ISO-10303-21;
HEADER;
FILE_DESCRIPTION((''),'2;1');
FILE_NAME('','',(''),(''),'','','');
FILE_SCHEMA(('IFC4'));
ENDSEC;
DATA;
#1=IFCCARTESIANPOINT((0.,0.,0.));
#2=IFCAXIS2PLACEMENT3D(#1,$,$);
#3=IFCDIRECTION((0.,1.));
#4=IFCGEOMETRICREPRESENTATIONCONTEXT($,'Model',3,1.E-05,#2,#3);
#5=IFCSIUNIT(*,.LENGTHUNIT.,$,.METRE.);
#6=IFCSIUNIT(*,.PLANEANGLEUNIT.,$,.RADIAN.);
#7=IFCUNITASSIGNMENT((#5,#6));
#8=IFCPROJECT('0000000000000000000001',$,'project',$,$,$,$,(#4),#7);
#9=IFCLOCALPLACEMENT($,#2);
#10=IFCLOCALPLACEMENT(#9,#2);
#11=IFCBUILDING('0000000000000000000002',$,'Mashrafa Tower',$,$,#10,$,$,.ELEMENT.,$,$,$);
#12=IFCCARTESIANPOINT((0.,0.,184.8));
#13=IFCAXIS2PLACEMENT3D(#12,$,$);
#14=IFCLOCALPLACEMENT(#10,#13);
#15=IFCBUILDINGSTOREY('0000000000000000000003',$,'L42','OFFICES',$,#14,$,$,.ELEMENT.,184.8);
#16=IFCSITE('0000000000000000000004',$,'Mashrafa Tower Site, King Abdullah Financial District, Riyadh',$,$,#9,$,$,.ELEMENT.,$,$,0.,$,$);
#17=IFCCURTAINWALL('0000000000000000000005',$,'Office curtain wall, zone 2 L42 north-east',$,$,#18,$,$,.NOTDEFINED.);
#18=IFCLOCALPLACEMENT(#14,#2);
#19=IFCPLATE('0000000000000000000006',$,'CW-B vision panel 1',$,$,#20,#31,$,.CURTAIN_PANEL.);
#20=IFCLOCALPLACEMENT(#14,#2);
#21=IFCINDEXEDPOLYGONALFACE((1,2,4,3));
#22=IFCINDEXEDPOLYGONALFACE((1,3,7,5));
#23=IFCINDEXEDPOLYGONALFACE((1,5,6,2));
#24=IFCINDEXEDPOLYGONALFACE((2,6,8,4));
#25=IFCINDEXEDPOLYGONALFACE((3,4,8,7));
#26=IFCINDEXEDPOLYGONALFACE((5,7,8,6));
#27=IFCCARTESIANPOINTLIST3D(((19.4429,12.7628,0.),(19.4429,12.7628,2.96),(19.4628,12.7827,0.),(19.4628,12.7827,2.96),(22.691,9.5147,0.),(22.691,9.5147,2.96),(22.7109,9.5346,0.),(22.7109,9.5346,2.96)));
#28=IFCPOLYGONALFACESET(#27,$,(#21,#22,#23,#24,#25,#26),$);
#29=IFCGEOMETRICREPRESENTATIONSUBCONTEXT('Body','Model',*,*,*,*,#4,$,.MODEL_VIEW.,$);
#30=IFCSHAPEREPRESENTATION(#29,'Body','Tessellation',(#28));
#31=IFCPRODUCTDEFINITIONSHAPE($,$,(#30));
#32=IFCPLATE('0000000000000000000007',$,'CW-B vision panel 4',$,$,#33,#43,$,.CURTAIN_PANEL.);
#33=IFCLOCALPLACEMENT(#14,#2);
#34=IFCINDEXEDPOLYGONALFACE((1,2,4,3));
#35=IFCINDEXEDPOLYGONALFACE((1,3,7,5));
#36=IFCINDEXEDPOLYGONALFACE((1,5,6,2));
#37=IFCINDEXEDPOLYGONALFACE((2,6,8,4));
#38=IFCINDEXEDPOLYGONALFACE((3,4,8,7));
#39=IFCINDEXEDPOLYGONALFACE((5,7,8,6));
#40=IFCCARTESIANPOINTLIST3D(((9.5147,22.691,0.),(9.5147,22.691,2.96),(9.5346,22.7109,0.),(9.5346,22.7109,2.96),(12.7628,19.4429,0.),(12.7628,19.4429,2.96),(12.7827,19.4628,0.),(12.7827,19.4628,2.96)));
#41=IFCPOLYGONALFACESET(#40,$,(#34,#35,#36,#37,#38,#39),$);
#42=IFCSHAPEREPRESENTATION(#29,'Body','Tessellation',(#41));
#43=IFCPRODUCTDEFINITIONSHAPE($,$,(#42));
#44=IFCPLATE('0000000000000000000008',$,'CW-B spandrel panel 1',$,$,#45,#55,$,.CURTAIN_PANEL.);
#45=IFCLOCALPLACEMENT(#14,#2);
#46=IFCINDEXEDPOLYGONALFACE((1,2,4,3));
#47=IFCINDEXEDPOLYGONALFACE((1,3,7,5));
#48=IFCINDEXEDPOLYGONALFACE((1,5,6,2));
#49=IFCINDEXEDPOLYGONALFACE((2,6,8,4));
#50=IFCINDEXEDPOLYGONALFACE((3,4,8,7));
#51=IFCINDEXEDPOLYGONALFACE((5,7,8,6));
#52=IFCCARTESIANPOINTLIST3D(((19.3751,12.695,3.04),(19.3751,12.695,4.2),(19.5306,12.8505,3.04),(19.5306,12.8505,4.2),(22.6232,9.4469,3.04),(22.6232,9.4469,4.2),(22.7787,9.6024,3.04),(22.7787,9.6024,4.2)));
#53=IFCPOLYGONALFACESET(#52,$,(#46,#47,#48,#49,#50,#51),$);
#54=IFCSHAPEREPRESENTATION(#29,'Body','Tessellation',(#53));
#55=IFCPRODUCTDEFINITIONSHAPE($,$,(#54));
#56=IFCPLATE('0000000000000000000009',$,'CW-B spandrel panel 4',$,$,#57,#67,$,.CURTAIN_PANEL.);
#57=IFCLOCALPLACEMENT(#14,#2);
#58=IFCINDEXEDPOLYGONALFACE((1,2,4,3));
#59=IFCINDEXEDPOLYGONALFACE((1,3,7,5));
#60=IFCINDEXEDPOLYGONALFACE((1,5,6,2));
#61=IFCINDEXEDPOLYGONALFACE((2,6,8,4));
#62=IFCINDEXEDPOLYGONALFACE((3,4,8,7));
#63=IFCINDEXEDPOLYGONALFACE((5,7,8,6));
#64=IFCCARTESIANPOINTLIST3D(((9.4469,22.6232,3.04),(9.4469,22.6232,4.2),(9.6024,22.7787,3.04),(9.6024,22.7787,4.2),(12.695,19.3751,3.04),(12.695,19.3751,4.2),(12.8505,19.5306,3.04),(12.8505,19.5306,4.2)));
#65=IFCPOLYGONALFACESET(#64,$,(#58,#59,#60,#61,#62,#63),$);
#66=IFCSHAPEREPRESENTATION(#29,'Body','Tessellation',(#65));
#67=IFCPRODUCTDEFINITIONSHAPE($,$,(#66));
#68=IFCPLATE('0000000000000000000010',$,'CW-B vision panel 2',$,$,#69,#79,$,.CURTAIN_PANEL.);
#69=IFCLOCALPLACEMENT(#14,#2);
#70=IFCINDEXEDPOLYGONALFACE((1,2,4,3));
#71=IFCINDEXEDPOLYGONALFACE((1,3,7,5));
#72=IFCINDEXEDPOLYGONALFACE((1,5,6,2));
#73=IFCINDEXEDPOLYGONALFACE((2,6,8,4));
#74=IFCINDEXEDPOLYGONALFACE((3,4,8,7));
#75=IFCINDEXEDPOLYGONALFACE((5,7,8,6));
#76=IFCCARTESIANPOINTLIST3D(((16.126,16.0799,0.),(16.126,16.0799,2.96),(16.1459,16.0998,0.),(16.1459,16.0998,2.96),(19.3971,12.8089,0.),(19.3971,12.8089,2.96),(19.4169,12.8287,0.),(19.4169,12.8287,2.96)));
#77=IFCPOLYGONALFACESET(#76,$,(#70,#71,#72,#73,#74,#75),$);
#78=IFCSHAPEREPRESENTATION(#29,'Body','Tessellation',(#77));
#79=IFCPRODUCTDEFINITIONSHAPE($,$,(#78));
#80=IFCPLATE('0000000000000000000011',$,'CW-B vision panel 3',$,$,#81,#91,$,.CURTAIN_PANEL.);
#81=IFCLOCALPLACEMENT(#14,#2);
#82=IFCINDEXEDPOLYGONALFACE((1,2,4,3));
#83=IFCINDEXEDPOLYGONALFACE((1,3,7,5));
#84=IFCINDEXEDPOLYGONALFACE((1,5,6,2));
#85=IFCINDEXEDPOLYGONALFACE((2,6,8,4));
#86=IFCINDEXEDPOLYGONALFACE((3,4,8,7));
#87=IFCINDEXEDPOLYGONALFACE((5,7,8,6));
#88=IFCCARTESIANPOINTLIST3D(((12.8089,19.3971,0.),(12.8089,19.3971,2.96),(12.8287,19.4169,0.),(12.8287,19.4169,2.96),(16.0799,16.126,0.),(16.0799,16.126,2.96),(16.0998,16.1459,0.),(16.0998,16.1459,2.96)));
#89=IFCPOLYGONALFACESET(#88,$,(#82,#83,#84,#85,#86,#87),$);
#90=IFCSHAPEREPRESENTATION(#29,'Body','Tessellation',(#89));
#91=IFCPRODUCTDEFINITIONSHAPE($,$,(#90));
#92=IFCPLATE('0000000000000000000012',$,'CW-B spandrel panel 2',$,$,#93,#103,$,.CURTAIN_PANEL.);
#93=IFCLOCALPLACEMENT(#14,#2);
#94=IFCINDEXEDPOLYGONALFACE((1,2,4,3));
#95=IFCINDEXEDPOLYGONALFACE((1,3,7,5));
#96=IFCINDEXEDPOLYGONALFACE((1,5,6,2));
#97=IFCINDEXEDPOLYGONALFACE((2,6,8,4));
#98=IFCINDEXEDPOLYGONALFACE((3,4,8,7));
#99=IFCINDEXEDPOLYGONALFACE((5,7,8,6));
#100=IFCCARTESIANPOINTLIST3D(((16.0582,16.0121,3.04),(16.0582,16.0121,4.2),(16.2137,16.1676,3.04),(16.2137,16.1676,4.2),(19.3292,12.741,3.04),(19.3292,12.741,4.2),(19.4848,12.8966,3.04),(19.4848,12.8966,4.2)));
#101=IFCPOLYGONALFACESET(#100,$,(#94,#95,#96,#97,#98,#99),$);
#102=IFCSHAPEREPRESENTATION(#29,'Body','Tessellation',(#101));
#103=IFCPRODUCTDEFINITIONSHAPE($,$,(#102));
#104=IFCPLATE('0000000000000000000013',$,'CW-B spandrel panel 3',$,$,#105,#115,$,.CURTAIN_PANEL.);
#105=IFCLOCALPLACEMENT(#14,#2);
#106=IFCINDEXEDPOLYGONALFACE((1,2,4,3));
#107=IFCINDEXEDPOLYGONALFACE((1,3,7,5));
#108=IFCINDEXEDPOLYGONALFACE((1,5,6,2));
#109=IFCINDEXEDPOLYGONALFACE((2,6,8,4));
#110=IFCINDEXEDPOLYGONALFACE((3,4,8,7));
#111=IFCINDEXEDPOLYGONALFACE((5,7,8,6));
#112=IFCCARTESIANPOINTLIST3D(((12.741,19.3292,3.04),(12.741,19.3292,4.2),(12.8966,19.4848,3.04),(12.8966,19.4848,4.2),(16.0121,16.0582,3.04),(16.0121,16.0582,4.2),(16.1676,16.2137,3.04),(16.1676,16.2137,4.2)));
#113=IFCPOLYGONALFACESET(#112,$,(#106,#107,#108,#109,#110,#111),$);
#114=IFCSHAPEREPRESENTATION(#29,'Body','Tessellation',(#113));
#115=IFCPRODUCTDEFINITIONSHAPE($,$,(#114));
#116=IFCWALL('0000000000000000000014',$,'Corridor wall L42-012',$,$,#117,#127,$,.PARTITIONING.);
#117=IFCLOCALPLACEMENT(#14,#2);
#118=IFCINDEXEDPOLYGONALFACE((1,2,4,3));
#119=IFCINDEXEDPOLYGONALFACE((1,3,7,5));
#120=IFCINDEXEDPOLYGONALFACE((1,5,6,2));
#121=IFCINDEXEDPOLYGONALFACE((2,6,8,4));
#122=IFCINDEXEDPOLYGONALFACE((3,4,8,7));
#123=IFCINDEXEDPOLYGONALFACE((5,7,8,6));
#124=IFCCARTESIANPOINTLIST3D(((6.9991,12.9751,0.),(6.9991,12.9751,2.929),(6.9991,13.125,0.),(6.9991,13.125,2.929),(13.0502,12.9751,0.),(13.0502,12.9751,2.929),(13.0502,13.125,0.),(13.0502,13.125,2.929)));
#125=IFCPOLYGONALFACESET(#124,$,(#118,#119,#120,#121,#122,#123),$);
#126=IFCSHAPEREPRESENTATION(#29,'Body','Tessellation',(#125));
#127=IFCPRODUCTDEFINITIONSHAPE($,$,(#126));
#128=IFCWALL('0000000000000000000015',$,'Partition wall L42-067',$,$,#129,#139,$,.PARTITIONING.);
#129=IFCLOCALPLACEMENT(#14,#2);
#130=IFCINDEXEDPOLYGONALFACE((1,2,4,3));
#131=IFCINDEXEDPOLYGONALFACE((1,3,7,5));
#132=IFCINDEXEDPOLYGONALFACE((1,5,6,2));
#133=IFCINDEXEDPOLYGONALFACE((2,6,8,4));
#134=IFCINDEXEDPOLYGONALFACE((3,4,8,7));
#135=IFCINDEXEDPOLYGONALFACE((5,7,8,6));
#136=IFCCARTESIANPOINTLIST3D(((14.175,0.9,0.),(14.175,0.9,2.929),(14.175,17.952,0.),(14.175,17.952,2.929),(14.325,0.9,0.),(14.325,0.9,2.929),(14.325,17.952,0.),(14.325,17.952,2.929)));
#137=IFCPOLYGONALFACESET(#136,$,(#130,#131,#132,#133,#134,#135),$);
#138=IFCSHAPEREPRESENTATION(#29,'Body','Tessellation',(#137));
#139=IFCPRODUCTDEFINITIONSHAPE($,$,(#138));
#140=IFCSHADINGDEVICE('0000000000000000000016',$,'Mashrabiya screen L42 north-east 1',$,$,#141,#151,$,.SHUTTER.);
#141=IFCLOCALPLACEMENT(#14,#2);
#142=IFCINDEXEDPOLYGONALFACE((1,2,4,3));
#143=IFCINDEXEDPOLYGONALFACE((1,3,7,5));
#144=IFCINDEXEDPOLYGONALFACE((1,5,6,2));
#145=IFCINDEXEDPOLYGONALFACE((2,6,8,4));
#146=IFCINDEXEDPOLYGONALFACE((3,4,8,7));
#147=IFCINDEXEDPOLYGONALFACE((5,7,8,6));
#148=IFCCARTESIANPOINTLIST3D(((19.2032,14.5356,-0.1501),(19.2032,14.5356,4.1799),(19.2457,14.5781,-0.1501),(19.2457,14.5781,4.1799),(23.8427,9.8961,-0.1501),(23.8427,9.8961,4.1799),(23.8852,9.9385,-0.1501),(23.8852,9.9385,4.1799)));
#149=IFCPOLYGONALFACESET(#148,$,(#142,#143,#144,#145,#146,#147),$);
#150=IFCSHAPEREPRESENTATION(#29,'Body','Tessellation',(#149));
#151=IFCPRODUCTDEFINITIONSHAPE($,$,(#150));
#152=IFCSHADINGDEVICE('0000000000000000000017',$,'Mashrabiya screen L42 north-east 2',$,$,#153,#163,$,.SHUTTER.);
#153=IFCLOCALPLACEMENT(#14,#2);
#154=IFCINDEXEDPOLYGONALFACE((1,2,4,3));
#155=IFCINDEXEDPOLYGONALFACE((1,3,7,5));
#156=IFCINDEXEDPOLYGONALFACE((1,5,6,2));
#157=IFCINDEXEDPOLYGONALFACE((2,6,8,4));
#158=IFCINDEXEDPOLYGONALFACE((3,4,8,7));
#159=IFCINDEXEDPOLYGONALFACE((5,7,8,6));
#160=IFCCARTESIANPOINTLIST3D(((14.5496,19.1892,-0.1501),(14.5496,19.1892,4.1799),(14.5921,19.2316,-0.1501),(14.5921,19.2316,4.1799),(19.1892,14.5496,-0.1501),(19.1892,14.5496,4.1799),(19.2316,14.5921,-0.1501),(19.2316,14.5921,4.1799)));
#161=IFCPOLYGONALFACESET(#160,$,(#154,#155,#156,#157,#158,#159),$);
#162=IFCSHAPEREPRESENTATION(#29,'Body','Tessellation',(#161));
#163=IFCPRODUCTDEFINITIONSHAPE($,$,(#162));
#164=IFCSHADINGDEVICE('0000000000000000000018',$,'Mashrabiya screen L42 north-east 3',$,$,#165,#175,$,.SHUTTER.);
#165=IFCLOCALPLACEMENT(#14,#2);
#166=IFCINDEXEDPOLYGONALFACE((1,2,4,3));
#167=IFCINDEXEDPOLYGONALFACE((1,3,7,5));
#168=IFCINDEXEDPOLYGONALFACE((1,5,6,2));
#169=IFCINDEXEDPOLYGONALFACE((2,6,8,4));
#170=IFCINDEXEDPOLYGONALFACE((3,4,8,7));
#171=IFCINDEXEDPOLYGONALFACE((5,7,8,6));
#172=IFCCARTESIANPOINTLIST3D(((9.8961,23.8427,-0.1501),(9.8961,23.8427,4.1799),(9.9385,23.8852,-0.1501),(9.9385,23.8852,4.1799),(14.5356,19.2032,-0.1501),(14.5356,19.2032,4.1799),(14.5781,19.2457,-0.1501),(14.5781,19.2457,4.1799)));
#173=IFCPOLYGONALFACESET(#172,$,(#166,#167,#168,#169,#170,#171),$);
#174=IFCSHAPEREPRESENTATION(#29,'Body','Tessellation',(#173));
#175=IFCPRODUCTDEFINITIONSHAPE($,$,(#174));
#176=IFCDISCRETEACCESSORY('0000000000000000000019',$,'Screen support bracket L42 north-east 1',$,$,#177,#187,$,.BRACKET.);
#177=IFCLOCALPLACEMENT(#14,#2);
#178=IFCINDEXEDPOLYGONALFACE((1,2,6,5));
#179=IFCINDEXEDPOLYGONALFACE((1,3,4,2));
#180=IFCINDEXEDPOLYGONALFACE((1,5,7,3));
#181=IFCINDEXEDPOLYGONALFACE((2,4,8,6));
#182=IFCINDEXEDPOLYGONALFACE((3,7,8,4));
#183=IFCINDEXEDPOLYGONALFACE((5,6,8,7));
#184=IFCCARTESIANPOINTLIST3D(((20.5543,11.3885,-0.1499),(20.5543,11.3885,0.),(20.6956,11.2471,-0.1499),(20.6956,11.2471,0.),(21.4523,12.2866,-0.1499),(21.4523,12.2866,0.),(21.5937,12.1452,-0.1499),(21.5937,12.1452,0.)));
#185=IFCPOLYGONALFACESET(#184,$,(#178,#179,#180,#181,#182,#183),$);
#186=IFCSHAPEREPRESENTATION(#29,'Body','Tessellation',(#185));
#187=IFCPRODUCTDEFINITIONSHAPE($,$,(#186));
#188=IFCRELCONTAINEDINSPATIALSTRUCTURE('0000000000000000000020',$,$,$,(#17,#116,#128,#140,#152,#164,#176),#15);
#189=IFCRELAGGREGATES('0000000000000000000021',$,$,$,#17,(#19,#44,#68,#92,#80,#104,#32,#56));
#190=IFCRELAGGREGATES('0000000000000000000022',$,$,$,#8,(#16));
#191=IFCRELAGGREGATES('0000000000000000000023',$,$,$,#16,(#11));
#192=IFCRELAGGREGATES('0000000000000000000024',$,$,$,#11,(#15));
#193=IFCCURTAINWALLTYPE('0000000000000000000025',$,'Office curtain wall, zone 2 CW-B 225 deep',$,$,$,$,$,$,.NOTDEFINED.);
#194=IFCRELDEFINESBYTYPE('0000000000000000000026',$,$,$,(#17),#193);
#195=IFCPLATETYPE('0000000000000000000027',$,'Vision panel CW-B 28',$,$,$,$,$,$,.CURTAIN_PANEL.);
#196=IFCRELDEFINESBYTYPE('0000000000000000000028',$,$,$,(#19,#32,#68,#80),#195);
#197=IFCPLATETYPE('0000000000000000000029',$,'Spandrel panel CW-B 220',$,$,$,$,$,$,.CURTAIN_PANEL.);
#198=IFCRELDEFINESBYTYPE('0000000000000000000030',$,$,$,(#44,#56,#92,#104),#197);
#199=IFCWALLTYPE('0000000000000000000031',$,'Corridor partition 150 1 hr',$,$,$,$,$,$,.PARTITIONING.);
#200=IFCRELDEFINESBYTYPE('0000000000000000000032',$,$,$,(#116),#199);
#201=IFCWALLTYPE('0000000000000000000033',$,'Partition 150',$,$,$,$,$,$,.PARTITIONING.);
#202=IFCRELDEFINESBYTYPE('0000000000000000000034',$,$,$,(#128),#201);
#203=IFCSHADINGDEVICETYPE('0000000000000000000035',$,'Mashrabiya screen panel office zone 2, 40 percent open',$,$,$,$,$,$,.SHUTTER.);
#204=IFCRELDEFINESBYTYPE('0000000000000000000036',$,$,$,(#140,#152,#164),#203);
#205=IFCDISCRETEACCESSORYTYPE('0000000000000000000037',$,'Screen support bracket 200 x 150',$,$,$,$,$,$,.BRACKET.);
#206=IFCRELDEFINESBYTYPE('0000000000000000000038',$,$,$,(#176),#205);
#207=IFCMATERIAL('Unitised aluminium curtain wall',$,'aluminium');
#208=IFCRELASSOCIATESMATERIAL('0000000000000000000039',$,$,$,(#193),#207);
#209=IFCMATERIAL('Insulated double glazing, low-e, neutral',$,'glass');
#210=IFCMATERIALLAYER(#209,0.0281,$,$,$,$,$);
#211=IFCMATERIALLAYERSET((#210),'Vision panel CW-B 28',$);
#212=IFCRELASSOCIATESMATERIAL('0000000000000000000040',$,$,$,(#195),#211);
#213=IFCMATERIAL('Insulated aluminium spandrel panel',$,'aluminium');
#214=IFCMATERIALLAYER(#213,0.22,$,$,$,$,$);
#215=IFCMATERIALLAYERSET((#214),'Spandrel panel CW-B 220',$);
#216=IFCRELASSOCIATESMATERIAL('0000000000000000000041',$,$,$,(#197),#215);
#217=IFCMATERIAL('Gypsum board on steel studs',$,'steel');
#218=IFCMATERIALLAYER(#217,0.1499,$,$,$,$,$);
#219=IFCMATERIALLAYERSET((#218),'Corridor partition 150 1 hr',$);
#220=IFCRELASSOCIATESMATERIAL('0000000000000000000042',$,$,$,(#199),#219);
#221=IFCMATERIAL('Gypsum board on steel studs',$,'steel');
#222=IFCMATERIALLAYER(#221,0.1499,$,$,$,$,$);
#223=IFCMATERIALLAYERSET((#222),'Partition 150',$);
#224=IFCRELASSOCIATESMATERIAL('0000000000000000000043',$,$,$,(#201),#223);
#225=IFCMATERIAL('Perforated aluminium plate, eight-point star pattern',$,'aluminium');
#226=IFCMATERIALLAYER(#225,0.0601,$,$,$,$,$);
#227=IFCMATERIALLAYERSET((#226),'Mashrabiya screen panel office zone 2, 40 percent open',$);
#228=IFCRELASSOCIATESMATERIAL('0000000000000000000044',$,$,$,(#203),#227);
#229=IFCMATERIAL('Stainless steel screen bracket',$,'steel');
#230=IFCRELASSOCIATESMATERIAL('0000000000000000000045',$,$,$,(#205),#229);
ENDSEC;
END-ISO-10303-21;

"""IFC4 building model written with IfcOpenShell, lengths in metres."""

from ifc_helpers import new_model, si_unit, direction, frame, frame_2d, origin, origin_2d, place, context, subcontext, project, spatial, rectangle, extrude, source, transform, mapped, material, layer, layer_set, type_object, type_shapes, element, aggregate, save


model = new_model("IFC4")

# Units and contexts
model_context = context("Model", 3, precision=1e-05, world=origin(), true_north=direction((0.0, 1.0)))
body_context = subcontext(model_context, "Body", "Model", "MODEL_VIEW")
ifc_project = project(units=[si_unit("LENGTHUNIT", "METRE"), si_unit("PLANEANGLEUNIT", "RADIAN")], contexts=[model_context])

# Site, building, storey
site_placement = place(None, origin())
site = spatial("IfcSite", under=ifc_project, at=site_placement, Name="Mashrafa Tower Site, King Abdullah Financial District, Riyadh", CompositionType="ELEMENT", RefElevation=0.0)
building_placement = place(site_placement, origin())
building = spatial("IfcBuilding", under=site, at=building_placement, Name="Mashrafa Tower", CompositionType="ELEMENT")
storey_placement = place(building_placement, frame((0.0, 0.0, 184.8)))
storey = spatial("IfcBuildingStorey", under=building, at=storey_placement, Name="L42", Description="OFFICES", CompositionType="ELEMENT", Elevation=184.8)

# Curtain wall, plates
ifc_material_1 = material(Name="Unitised aluminium curtain wall", Category="aluminium")
curtain_wall_type = type_object("IfcCurtainWallType", Name="Office curtain wall, zone 2 CW-B 225 deep", PredefinedType="NOTDEFINED", material=ifc_material_1)
curtain_wall_placement = place(storey_placement, origin())
curtain_wall = element("IfcCurtainWall", 1, at=curtain_wall_placement, inside=storey, type_object=curtain_wall_type, Name="Office curtain wall, zone 2 L42 north-east", PredefinedType="NOTDEFINED")
ifc_material_2 = material(Name="Insulated double glazing, low-e, neutral", Category="glass")
ifc_layer_1 = layer(ifc_material_2, 0.0281)
ifc_layer_set_1 = layer_set([ifc_layer_1], Name="Vision panel CW-B 28")
plate_type_1 = type_object("IfcPlateType", Name="Vision panel CW-B 28", PredefinedType="CURTAIN_PANEL", material=ifc_layer_set_1)
shared_shape_1 = source(origin(), body_context, "Body", "SweptSolid", [
    extrude(rectangle(XDim=4.5935, YDim=0.0281, at=origin_2d()), origin(), (0.0, 0.0, 1.0), 2.96),
])
plate_1_placement = place(storey_placement, frame((21.0769, 11.1487, 0.0), z_axis=(0.0, 0.0, 1.0), x_axis=(-0.707107, 0.707107, 0.0)))
plate_1 = element("IfcPlate", 2, at=plate_1_placement, type_object=plate_type_1, Name="CW-B vision panel 1", PredefinedType="CURTAIN_PANEL", context=body_context, shape_type="MappedRepresentation", body=[
    mapped(shared_shape_1, transform((0.0, 0.0, 0.0))),
])
plate_2_placement = place(storey_placement, frame((11.1487, 21.0769, 0.0), z_axis=(0.0, 0.0, 1.0), x_axis=(-0.707107, 0.707107, 0.0)))
plate_2 = element("IfcPlate", 3, at=plate_2_placement, type_object=plate_type_1, Name="CW-B vision panel 4", PredefinedType="CURTAIN_PANEL", context=body_context, shape_type="MappedRepresentation", body=[
    mapped(shared_shape_1, transform((0.0, 0.0, 0.0))),
])
ifc_material_3 = material(Name="Insulated aluminium spandrel panel", Category="aluminium")
ifc_layer_2 = layer(ifc_material_3, 0.22)
ifc_layer_set_2 = layer_set([ifc_layer_2], Name="Spandrel panel CW-B 220")
plate_type_2 = type_object("IfcPlateType", Name="Spandrel panel CW-B 220", PredefinedType="CURTAIN_PANEL", material=ifc_layer_set_2)
shared_shape_2 = source(origin(), body_context, "Body", "SweptSolid", [
    extrude(rectangle(XDim=4.5935, YDim=0.22, at=origin_2d()), origin(), (0.0, 0.0, 1.0), 1.1599),
])
plate_3_placement = place(storey_placement, frame((21.0769, 11.1487, 3.04), z_axis=(0.0, 0.0, 1.0), x_axis=(-0.707107, 0.707107, 0.0)))
plate_3 = element("IfcPlate", 4, at=plate_3_placement, type_object=plate_type_2, Name="CW-B spandrel panel 1", PredefinedType="CURTAIN_PANEL", context=body_context, shape_type="MappedRepresentation", body=[
    mapped(shared_shape_2, transform((0.0, 0.0, 0.0))),
])
plate_4_placement = place(storey_placement, frame((11.1487, 21.0769, 3.04), z_axis=(0.0, 0.0, 1.0), x_axis=(-0.707107, 0.707107, 0.0)))
plate_4 = element("IfcPlate", 5, at=plate_4_placement, type_object=plate_type_2, Name="CW-B spandrel panel 4", PredefinedType="CURTAIN_PANEL", context=body_context, shape_type="MappedRepresentation", body=[
    mapped(shared_shape_2, transform((0.0, 0.0, 0.0))),
])
shared_shape_3 = source(origin(), body_context, "Body", "SweptSolid", [
    extrude(rectangle(XDim=4.626, YDim=0.0281, at=origin_2d()), origin(), (0.0, 0.0, 1.0), 2.96),
])
type_shapes(plate_type_1, [shared_shape_1, shared_shape_3])
plate_5_placement = place(storey_placement, frame((17.7715, 14.4543, 0.0), z_axis=(0.0, 0.0, 1.0), x_axis=(-0.707107, 0.707107, 0.0)))
plate_5 = element("IfcPlate", 6, at=plate_5_placement, type_object=plate_type_1, Name="CW-B vision panel 2", PredefinedType="CURTAIN_PANEL", context=body_context, shape_type="MappedRepresentation", body=[
    mapped(shared_shape_3, transform((0.0, 0.0, 0.0))),
])
plate_6_placement = place(storey_placement, frame((14.4543, 17.7715, 0.0), z_axis=(0.0, 0.0, 1.0), x_axis=(-0.707107, 0.707107, 0.0)))
plate_6 = element("IfcPlate", 7, at=plate_6_placement, type_object=plate_type_1, Name="CW-B vision panel 3", PredefinedType="CURTAIN_PANEL", context=body_context, shape_type="MappedRepresentation", body=[
    mapped(shared_shape_3, transform((0.0, 0.0, 0.0))),
])
shared_shape_4 = source(origin(), body_context, "Body", "SweptSolid", [
    extrude(rectangle(XDim=4.626, YDim=0.22, at=origin_2d()), origin(), (0.0, 0.0, 1.0), 1.1599),
])
type_shapes(plate_type_2, [shared_shape_2, shared_shape_4])
plate_7_placement = place(storey_placement, frame((17.7715, 14.4543, 3.04), z_axis=(0.0, 0.0, 1.0), x_axis=(-0.707107, 0.707107, 0.0)))
plate_7 = element("IfcPlate", 8, at=plate_7_placement, type_object=plate_type_2, Name="CW-B spandrel panel 2", PredefinedType="CURTAIN_PANEL", context=body_context, shape_type="MappedRepresentation", body=[
    mapped(shared_shape_4, transform((0.0, 0.0, 0.0))),
])
plate_8_placement = place(storey_placement, frame((14.4543, 17.7715, 3.04), z_axis=(0.0, 0.0, 1.0), x_axis=(-0.707107, 0.707107, 0.0)))
plate_8 = element("IfcPlate", 9, at=plate_8_placement, type_object=plate_type_2, Name="CW-B spandrel panel 3", PredefinedType="CURTAIN_PANEL", context=body_context, shape_type="MappedRepresentation", body=[
    mapped(shared_shape_4, transform((0.0, 0.0, 0.0))),
])
aggregate(curtain_wall, [plate_1, plate_3, plate_5, plate_7, plate_6, plate_8, plate_2, plate_4])

# Walls
ifc_material_4 = material(Name="Gypsum board on steel studs", Category="steel")
ifc_layer_3 = layer(ifc_material_4, 0.1499)
ifc_layer_set_3 = layer_set([ifc_layer_3], Name="Corridor partition 150 1 hr")
wall_type_1 = type_object("IfcWallType", Name="Corridor partition 150 1 hr", PredefinedType="PARTITIONING", material=ifc_layer_set_3)
wall_1_placement = place(storey_placement, frame((13.05, 13.05, 0.0), z_axis=(0.0, 0.0, 1.0), x_axis=(-1.0, 0.0, 0.0)))
element("IfcWall", 10, at=wall_1_placement, inside=storey, type_object=wall_type_1, Name="Corridor wall L42-012", PredefinedType="PARTITIONING", context=body_context, shape_type="SweptSolid", body=[
    extrude(rectangle(XDim=6.051, YDim=0.1499, at=frame_2d((3.0254, 0.0))), origin(), (0.0, 0.0, 1.0), 2.929),
])
ifc_material_5 = material(Name="Gypsum board on steel studs", Category="steel")
ifc_layer_4 = layer(ifc_material_5, 0.1499)
ifc_layer_set_4 = layer_set([ifc_layer_4], Name="Partition 150")
wall_type_2 = type_object("IfcWallType", Name="Partition 150", PredefinedType="PARTITIONING", material=ifc_layer_set_4)
wall_2_placement = place(storey_placement, frame((14.25, 17.9519, 0.0), z_axis=(0.0, 0.0, 1.0), x_axis=(0.0, -1.0, 0.0)))
element("IfcWall", 11, at=wall_2_placement, inside=storey, type_object=wall_type_2, Name="Partition wall L42-067", PredefinedType="PARTITIONING", context=body_context, shape_type="SweptSolid", body=[
    extrude(rectangle(XDim=17.052, YDim=0.1499, at=frame_2d((8.5259, 0.0))), origin(), (0.0, 0.0, 1.0), 2.929),
])

# Shading devices
ifc_material_6 = material(Name="Perforated aluminium plate, eight-point star pattern", Category="aluminium")
ifc_layer_5 = layer(ifc_material_6, 0.0601)
ifc_layer_set_5 = layer_set([ifc_layer_5], Name="Mashrabiya screen panel office zone 2, 40 percent open")
shading_device_type = type_object("IfcShadingDeviceType", Name="Mashrabiya screen panel office zone 2, 40 percent open", PredefinedType="SHUTTER", material=ifc_layer_set_5)
shared_shape_5 = source(origin(), body_context, "Body", "SweptSolid", [
    extrude(rectangle(XDim=6.5613, YDim=0.0601, at=origin_2d()), origin(), (0.0, 0.0, 1.0), 4.3301),
])
type_shapes(shading_device_type, [shared_shape_5])
for number, where, z_axis, x_axis, name in (
    (12, (21.5442, 12.2371, -0.1501), (0.0, 0.0, 1.0), (-0.707107, 0.707107, 0.0), "Mashrabiya screen L42 north-east 1"),
    (13, (16.8906, 16.8906, -0.1501), (0.0, 0.0, 1.0), (-0.707107, 0.707107, 0.0), "Mashrabiya screen L42 north-east 2"),
    (14, (12.2371, 21.5442, -0.1501), (0.0, 0.0, 1.0), (-0.707107, 0.707107, 0.0), "Mashrabiya screen L42 north-east 3"),
):
    element("IfcShadingDevice", number, at=place(storey_placement, frame(where, z_axis=z_axis, x_axis=x_axis)), inside=storey, type_object=shading_device_type, Name=name, PredefinedType="SHUTTER", context=body_context, shape_type="MappedRepresentation", body=[
        mapped(shared_shape_5, transform((0.0, 0.0, 0.0))),
    ])

# Discrete accessory
ifc_material_7 = material(Name="Stainless steel screen bracket", Category="steel")
discrete_accessory_type = type_object("IfcDiscreteAccessoryType", Name="Screen support bracket 200 x 150", PredefinedType="BRACKET", material=ifc_material_7)
shared_shape_6 = source(origin(), body_context, "Body", "SweptSolid", [
    extrude(rectangle(XDim=0.2, YDim=1.27, at=origin_2d()), origin(), (0.0, 0.0, 1.0), 0.1499),
])
type_shapes(discrete_accessory_type, [shared_shape_6])
for number, where, z_axis, x_axis, name in (
    (15, (21.074, 11.7668, -0.1499), (0.0, 0.0, 1.0), (-0.707107, 0.707107, 0.0), "Screen support bracket L42 north-east 1"),
):
    element("IfcDiscreteAccessory", number, at=place(storey_placement, frame(where, z_axis=z_axis, x_axis=x_axis)), inside=storey, type_object=discrete_accessory_type, Name=name, PredefinedType="BRACKET", context=body_context, shape_type="MappedRepresentation", body=[
        mapped(shared_shape_6, transform((0.0, 0.0, 0.0))),
    ])

save(model, "model.ifc")
